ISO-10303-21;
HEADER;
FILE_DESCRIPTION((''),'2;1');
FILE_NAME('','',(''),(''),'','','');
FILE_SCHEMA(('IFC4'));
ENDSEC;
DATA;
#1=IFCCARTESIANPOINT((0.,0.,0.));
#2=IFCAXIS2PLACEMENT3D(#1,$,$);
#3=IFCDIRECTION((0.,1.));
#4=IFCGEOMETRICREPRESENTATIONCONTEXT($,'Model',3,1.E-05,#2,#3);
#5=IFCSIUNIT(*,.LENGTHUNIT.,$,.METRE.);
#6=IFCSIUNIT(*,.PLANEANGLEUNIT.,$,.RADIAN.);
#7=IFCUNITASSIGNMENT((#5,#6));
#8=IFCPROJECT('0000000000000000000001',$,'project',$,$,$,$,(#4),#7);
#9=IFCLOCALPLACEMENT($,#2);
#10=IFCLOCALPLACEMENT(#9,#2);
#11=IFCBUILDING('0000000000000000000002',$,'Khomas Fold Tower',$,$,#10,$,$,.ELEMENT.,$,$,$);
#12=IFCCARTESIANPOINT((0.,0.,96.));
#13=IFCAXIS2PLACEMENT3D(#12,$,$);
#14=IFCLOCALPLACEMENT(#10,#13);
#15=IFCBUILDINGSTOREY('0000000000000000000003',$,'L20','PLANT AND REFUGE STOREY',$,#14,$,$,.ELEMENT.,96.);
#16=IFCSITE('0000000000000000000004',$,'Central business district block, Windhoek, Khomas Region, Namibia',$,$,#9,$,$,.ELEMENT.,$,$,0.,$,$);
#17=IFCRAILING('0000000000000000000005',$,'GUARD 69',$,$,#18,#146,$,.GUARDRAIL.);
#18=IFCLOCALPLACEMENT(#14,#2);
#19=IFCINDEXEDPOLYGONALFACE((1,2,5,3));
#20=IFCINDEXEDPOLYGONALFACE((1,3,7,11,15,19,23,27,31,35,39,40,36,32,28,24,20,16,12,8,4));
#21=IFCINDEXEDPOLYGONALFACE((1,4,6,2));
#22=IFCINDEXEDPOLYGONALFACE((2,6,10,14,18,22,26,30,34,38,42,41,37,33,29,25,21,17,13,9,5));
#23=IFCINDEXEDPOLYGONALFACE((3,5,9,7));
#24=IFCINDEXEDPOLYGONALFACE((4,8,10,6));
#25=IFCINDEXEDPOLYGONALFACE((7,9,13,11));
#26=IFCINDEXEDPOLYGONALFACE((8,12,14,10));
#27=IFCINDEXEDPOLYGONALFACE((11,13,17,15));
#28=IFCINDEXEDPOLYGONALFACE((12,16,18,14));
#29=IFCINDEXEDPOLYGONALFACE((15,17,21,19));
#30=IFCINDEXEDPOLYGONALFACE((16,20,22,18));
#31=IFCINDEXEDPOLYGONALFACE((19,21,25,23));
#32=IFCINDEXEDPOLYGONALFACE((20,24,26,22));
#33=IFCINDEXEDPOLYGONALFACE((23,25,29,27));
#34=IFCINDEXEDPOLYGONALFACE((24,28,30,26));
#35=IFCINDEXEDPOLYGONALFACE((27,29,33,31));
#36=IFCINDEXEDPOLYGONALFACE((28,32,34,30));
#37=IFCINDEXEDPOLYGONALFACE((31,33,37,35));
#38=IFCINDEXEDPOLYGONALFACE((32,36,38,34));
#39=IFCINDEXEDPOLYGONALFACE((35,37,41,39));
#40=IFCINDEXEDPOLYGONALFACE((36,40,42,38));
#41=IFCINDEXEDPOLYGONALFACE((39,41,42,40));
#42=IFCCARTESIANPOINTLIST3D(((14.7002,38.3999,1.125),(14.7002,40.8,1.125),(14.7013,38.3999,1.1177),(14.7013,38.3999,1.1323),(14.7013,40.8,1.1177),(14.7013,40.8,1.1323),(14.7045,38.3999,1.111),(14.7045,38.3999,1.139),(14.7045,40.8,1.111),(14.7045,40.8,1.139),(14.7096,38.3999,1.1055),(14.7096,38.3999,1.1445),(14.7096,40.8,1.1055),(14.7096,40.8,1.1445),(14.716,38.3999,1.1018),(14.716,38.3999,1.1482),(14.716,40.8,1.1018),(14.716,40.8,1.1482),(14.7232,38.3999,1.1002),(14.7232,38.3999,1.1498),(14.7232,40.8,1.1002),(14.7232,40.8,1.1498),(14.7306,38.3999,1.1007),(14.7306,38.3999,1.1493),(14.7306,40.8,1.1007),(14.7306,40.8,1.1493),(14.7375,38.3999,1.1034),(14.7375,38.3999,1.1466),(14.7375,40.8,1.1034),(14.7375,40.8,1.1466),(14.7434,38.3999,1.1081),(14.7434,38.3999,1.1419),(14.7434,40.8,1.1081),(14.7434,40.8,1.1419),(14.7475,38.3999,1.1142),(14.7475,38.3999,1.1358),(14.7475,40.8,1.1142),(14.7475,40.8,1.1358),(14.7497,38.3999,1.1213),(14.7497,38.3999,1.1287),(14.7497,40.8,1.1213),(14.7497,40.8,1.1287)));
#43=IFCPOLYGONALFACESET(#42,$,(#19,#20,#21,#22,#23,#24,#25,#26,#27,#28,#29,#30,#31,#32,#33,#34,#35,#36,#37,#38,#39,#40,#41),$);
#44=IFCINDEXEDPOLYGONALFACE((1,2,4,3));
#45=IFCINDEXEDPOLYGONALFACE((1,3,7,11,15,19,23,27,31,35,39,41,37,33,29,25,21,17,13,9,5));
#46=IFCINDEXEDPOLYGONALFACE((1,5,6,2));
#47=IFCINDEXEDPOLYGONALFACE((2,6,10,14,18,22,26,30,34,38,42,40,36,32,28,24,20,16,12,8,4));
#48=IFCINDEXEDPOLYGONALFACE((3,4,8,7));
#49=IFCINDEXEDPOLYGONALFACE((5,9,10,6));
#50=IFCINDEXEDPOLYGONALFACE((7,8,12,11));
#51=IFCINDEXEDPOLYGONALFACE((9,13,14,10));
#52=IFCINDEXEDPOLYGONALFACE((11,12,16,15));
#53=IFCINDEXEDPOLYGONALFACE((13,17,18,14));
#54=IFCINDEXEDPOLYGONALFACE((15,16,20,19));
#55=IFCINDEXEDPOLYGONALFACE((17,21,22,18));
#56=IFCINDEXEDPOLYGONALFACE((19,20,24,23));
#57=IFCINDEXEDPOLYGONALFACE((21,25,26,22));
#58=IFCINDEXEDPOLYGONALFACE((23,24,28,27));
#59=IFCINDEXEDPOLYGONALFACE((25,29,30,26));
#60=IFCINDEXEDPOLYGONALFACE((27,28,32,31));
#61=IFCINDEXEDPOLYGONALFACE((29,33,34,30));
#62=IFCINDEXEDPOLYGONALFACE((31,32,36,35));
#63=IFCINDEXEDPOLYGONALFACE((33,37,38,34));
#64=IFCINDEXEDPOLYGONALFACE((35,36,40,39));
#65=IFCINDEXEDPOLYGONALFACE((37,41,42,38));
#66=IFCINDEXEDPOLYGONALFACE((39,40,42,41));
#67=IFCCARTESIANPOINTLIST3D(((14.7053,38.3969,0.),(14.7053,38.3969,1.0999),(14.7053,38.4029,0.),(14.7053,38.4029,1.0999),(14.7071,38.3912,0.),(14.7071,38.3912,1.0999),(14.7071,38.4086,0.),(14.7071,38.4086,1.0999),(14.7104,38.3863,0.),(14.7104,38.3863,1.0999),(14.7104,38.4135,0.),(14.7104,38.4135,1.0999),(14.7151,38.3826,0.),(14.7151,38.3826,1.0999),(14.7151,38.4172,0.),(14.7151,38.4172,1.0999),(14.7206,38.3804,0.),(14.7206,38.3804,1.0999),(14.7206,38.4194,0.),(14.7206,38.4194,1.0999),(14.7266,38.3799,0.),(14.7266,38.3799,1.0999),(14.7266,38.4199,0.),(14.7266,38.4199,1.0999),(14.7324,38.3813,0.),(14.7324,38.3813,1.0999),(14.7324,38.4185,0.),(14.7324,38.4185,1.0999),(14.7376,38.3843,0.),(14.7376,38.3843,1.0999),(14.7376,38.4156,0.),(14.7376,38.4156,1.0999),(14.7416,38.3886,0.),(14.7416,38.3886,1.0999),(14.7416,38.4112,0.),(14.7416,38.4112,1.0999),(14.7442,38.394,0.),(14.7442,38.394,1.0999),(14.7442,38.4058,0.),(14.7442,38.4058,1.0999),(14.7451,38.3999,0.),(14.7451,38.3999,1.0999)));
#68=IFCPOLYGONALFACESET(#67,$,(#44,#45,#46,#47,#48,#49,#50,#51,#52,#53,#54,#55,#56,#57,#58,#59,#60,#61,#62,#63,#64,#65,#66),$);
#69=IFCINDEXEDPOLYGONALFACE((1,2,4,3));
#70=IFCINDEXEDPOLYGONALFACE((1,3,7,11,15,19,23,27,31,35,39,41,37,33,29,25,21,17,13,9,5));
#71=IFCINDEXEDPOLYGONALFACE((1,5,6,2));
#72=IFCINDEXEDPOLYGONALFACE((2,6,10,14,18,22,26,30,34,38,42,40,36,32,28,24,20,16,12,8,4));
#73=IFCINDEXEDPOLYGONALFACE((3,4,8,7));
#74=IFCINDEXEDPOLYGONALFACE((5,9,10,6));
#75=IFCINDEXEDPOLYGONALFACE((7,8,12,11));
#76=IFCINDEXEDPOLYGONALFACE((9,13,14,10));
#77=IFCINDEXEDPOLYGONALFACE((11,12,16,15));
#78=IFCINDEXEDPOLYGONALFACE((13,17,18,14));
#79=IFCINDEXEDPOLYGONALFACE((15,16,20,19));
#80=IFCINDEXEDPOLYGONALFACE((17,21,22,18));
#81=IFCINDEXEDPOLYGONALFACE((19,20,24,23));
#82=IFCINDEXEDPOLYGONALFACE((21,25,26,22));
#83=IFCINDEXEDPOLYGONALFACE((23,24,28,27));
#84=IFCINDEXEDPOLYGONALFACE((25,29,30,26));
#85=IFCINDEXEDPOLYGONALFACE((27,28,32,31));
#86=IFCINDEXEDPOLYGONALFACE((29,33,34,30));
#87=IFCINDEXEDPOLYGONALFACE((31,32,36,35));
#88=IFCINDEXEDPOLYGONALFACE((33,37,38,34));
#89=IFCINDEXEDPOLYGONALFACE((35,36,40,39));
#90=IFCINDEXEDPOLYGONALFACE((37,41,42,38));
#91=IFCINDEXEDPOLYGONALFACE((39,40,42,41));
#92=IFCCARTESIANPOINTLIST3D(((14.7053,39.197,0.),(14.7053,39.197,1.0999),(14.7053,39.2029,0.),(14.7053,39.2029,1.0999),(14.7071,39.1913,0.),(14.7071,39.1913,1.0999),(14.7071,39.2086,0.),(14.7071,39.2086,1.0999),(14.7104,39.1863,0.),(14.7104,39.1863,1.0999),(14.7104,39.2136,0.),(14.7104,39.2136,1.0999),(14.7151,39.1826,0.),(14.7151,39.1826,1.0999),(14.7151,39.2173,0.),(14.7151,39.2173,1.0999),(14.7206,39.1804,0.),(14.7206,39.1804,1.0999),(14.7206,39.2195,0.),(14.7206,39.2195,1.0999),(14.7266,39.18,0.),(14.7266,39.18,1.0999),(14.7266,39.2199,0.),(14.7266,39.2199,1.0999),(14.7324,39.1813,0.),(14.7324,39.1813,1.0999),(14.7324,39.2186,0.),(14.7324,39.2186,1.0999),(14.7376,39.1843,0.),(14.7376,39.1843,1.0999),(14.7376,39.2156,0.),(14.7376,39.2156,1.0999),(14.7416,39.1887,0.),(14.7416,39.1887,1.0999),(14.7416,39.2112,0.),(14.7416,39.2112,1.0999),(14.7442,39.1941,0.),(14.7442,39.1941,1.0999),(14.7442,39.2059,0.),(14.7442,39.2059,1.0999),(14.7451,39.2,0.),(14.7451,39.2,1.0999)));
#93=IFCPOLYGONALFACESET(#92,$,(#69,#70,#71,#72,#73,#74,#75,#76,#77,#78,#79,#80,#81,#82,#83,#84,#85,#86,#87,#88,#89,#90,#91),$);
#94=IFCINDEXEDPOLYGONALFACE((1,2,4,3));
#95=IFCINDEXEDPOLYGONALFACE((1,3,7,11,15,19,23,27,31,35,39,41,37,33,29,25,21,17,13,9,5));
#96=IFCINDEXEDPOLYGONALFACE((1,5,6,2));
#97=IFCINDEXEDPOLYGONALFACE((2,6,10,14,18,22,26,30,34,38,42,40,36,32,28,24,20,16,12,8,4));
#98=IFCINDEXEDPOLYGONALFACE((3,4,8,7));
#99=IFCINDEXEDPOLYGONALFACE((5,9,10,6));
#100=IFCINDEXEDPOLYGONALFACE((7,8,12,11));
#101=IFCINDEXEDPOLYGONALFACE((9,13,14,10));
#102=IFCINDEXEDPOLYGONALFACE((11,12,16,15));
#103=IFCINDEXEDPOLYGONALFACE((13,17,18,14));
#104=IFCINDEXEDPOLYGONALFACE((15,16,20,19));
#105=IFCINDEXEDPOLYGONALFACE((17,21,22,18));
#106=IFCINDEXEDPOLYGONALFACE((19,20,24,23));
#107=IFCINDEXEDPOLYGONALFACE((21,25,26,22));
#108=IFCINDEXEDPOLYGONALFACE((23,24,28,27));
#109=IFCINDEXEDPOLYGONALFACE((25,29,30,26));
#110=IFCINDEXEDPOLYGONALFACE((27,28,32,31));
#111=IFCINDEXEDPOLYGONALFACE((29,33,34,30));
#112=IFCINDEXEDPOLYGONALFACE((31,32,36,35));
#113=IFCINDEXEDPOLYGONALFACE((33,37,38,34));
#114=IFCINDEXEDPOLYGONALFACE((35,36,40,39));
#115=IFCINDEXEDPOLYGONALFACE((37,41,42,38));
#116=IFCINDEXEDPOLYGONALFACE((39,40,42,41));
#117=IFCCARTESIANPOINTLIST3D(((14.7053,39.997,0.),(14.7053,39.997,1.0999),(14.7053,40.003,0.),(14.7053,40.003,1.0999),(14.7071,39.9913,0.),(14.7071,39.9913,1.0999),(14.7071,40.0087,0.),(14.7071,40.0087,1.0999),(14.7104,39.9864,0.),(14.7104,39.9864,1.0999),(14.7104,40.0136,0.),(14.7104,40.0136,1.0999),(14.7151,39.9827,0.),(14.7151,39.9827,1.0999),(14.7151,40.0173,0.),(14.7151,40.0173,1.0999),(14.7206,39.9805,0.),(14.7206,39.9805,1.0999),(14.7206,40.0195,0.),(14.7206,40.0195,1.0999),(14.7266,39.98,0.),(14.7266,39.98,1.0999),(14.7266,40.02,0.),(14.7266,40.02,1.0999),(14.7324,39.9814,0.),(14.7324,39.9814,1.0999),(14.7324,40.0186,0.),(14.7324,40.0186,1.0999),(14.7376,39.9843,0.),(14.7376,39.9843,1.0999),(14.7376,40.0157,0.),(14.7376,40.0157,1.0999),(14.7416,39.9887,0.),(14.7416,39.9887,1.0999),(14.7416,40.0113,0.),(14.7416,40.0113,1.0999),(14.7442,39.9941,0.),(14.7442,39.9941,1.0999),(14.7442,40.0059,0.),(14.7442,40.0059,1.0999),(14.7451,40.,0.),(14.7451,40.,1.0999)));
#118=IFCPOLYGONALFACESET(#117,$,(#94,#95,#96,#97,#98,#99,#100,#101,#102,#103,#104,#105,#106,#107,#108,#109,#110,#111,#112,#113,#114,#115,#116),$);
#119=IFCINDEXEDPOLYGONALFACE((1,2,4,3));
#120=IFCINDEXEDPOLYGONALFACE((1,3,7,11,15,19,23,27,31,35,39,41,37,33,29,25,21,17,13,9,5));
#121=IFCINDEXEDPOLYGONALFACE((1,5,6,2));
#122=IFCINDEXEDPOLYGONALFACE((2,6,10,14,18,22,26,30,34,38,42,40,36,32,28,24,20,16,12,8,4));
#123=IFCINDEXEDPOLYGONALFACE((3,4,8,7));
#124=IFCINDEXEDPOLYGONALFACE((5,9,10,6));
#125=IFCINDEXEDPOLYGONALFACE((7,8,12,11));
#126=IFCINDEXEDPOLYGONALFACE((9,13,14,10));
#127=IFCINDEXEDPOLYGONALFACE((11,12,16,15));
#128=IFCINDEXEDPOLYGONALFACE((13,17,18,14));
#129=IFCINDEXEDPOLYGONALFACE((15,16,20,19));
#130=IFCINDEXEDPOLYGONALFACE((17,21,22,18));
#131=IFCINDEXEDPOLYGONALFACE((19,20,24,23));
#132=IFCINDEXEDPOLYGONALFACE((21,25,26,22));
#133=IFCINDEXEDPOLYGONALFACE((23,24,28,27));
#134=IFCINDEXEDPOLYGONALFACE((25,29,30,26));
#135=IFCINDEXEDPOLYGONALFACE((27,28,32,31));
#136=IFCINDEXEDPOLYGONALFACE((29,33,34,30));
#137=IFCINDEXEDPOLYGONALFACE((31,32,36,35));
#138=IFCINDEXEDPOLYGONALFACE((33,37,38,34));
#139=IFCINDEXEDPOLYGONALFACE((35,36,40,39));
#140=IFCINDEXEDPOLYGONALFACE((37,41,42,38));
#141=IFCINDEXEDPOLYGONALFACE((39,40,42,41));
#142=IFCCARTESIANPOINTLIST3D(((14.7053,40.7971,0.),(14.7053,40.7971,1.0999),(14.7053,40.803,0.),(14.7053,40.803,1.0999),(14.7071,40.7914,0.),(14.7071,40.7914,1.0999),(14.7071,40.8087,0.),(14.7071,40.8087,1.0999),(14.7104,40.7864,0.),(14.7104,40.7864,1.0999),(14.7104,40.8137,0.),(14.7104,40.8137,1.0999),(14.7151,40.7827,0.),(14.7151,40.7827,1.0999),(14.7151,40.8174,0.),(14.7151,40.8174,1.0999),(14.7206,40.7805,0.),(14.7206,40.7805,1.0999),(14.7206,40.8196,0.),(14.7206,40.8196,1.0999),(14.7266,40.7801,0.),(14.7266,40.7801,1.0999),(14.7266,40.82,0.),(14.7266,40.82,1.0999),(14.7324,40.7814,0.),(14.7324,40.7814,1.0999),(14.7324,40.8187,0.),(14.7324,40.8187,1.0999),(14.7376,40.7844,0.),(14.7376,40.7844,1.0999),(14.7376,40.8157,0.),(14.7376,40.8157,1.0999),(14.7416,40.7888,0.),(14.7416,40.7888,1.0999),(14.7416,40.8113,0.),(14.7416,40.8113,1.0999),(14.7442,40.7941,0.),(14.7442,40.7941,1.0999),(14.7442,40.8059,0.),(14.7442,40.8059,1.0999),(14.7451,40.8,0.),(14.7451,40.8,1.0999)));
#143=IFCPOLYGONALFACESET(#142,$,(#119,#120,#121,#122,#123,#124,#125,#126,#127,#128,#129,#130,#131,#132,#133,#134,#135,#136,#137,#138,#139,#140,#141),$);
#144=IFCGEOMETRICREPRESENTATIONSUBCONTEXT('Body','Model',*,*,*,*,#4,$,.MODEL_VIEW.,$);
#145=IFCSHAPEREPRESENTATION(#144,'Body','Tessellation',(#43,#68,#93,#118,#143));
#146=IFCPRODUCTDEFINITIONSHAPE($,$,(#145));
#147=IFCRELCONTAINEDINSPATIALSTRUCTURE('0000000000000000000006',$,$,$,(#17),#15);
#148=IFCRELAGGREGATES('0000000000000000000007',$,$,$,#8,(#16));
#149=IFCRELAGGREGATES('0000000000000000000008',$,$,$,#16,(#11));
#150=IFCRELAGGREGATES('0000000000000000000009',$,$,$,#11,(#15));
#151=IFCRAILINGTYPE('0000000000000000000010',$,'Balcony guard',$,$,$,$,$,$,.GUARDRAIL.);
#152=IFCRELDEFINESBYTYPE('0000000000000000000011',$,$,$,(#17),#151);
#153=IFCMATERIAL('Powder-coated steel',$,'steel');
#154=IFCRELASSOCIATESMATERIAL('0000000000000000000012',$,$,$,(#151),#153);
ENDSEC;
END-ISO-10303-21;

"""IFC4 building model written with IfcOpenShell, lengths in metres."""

from ifc_helpers import new_model, si_unit, direction, frame, origin, origin_2d, place, context, subcontext, project, spatial, circle, extrude, source, transform, mapped, material, type_object, element, save


model = new_model("IFC4")

# Units and contexts
model_context = context("Model", 3, precision=1e-05, world=origin(), true_north=direction((0.0, 1.0)))
body_context = subcontext(model_context, "Body", "Model", "MODEL_VIEW")
ifc_project = project(units=[si_unit("LENGTHUNIT", "METRE"), si_unit("PLANEANGLEUNIT", "RADIAN")], contexts=[model_context])

# Site, building, storey
site_placement = place(None, origin())
site = spatial("IfcSite", under=ifc_project, at=site_placement, Name="Central business district block, Windhoek, Khomas Region, Namibia", CompositionType="ELEMENT", RefElevation=0.0)
building_placement = place(site_placement, origin())
building = spatial("IfcBuilding", under=site, at=building_placement, Name="Khomas Fold Tower", CompositionType="ELEMENT")
storey_placement = place(building_placement, frame((0.0, 0.0, 96.0)))
storey = spatial("IfcBuildingStorey", under=building, at=storey_placement, Name="L20", Description="PLANT AND REFUGE STOREY", CompositionType="ELEMENT", Elevation=96.0)

# Railing
ifc_material_1 = material(Name="Powder-coated steel", Category="steel")
railing_type_1 = type_object("IfcRailingType", Name="Balcony guard", PredefinedType="GUARDRAIL", material=ifc_material_1)
shared_shape_1 = source(origin(), body_context, "Body", "SweptSolid", [
    extrude(circle(Radius=0.0249, at=origin_2d()), frame((0.0, 0.0, 1.125), z_axis=(0.0, 1.0, 0.0), x_axis=(-1.0, 0.0, 0.0)), (0.0, 0.0, 1.0), 2.4001),
    extrude(circle(Radius=0.02, at=origin_2d()), origin(), (0.0, 0.0, 1.0), 1.0999),
    extrude(circle(Radius=0.02, at=origin_2d()), frame((0.0, 0.8, 0.0)), (0.0, 0.0, 1.0), 1.0999),
    extrude(circle(Radius=0.02, at=origin_2d()), frame((0.0, 1.6001, 0.0)), (0.0, 0.0, 1.0), 1.0999),
    extrude(circle(Radius=0.02, at=origin_2d()), frame((0.0, 2.4001, 0.0)), (0.0, 0.0, 1.0), 1.0999),
])
for number, where, name in (
    (1, (14.7251, 38.3999, 0.0), "GUARD 69"),
):
    element("IfcRailing", number, at=place(storey_placement, frame(where)), inside=storey, type_object=railing_type_1, Name=name, PredefinedType="GUARDRAIL", context=body_context, shape_type="MappedRepresentation", body=[
        mapped(shared_shape_1, transform((0.0, 0.0, 0.0))),
    ])

save(model, "model.ifc")
